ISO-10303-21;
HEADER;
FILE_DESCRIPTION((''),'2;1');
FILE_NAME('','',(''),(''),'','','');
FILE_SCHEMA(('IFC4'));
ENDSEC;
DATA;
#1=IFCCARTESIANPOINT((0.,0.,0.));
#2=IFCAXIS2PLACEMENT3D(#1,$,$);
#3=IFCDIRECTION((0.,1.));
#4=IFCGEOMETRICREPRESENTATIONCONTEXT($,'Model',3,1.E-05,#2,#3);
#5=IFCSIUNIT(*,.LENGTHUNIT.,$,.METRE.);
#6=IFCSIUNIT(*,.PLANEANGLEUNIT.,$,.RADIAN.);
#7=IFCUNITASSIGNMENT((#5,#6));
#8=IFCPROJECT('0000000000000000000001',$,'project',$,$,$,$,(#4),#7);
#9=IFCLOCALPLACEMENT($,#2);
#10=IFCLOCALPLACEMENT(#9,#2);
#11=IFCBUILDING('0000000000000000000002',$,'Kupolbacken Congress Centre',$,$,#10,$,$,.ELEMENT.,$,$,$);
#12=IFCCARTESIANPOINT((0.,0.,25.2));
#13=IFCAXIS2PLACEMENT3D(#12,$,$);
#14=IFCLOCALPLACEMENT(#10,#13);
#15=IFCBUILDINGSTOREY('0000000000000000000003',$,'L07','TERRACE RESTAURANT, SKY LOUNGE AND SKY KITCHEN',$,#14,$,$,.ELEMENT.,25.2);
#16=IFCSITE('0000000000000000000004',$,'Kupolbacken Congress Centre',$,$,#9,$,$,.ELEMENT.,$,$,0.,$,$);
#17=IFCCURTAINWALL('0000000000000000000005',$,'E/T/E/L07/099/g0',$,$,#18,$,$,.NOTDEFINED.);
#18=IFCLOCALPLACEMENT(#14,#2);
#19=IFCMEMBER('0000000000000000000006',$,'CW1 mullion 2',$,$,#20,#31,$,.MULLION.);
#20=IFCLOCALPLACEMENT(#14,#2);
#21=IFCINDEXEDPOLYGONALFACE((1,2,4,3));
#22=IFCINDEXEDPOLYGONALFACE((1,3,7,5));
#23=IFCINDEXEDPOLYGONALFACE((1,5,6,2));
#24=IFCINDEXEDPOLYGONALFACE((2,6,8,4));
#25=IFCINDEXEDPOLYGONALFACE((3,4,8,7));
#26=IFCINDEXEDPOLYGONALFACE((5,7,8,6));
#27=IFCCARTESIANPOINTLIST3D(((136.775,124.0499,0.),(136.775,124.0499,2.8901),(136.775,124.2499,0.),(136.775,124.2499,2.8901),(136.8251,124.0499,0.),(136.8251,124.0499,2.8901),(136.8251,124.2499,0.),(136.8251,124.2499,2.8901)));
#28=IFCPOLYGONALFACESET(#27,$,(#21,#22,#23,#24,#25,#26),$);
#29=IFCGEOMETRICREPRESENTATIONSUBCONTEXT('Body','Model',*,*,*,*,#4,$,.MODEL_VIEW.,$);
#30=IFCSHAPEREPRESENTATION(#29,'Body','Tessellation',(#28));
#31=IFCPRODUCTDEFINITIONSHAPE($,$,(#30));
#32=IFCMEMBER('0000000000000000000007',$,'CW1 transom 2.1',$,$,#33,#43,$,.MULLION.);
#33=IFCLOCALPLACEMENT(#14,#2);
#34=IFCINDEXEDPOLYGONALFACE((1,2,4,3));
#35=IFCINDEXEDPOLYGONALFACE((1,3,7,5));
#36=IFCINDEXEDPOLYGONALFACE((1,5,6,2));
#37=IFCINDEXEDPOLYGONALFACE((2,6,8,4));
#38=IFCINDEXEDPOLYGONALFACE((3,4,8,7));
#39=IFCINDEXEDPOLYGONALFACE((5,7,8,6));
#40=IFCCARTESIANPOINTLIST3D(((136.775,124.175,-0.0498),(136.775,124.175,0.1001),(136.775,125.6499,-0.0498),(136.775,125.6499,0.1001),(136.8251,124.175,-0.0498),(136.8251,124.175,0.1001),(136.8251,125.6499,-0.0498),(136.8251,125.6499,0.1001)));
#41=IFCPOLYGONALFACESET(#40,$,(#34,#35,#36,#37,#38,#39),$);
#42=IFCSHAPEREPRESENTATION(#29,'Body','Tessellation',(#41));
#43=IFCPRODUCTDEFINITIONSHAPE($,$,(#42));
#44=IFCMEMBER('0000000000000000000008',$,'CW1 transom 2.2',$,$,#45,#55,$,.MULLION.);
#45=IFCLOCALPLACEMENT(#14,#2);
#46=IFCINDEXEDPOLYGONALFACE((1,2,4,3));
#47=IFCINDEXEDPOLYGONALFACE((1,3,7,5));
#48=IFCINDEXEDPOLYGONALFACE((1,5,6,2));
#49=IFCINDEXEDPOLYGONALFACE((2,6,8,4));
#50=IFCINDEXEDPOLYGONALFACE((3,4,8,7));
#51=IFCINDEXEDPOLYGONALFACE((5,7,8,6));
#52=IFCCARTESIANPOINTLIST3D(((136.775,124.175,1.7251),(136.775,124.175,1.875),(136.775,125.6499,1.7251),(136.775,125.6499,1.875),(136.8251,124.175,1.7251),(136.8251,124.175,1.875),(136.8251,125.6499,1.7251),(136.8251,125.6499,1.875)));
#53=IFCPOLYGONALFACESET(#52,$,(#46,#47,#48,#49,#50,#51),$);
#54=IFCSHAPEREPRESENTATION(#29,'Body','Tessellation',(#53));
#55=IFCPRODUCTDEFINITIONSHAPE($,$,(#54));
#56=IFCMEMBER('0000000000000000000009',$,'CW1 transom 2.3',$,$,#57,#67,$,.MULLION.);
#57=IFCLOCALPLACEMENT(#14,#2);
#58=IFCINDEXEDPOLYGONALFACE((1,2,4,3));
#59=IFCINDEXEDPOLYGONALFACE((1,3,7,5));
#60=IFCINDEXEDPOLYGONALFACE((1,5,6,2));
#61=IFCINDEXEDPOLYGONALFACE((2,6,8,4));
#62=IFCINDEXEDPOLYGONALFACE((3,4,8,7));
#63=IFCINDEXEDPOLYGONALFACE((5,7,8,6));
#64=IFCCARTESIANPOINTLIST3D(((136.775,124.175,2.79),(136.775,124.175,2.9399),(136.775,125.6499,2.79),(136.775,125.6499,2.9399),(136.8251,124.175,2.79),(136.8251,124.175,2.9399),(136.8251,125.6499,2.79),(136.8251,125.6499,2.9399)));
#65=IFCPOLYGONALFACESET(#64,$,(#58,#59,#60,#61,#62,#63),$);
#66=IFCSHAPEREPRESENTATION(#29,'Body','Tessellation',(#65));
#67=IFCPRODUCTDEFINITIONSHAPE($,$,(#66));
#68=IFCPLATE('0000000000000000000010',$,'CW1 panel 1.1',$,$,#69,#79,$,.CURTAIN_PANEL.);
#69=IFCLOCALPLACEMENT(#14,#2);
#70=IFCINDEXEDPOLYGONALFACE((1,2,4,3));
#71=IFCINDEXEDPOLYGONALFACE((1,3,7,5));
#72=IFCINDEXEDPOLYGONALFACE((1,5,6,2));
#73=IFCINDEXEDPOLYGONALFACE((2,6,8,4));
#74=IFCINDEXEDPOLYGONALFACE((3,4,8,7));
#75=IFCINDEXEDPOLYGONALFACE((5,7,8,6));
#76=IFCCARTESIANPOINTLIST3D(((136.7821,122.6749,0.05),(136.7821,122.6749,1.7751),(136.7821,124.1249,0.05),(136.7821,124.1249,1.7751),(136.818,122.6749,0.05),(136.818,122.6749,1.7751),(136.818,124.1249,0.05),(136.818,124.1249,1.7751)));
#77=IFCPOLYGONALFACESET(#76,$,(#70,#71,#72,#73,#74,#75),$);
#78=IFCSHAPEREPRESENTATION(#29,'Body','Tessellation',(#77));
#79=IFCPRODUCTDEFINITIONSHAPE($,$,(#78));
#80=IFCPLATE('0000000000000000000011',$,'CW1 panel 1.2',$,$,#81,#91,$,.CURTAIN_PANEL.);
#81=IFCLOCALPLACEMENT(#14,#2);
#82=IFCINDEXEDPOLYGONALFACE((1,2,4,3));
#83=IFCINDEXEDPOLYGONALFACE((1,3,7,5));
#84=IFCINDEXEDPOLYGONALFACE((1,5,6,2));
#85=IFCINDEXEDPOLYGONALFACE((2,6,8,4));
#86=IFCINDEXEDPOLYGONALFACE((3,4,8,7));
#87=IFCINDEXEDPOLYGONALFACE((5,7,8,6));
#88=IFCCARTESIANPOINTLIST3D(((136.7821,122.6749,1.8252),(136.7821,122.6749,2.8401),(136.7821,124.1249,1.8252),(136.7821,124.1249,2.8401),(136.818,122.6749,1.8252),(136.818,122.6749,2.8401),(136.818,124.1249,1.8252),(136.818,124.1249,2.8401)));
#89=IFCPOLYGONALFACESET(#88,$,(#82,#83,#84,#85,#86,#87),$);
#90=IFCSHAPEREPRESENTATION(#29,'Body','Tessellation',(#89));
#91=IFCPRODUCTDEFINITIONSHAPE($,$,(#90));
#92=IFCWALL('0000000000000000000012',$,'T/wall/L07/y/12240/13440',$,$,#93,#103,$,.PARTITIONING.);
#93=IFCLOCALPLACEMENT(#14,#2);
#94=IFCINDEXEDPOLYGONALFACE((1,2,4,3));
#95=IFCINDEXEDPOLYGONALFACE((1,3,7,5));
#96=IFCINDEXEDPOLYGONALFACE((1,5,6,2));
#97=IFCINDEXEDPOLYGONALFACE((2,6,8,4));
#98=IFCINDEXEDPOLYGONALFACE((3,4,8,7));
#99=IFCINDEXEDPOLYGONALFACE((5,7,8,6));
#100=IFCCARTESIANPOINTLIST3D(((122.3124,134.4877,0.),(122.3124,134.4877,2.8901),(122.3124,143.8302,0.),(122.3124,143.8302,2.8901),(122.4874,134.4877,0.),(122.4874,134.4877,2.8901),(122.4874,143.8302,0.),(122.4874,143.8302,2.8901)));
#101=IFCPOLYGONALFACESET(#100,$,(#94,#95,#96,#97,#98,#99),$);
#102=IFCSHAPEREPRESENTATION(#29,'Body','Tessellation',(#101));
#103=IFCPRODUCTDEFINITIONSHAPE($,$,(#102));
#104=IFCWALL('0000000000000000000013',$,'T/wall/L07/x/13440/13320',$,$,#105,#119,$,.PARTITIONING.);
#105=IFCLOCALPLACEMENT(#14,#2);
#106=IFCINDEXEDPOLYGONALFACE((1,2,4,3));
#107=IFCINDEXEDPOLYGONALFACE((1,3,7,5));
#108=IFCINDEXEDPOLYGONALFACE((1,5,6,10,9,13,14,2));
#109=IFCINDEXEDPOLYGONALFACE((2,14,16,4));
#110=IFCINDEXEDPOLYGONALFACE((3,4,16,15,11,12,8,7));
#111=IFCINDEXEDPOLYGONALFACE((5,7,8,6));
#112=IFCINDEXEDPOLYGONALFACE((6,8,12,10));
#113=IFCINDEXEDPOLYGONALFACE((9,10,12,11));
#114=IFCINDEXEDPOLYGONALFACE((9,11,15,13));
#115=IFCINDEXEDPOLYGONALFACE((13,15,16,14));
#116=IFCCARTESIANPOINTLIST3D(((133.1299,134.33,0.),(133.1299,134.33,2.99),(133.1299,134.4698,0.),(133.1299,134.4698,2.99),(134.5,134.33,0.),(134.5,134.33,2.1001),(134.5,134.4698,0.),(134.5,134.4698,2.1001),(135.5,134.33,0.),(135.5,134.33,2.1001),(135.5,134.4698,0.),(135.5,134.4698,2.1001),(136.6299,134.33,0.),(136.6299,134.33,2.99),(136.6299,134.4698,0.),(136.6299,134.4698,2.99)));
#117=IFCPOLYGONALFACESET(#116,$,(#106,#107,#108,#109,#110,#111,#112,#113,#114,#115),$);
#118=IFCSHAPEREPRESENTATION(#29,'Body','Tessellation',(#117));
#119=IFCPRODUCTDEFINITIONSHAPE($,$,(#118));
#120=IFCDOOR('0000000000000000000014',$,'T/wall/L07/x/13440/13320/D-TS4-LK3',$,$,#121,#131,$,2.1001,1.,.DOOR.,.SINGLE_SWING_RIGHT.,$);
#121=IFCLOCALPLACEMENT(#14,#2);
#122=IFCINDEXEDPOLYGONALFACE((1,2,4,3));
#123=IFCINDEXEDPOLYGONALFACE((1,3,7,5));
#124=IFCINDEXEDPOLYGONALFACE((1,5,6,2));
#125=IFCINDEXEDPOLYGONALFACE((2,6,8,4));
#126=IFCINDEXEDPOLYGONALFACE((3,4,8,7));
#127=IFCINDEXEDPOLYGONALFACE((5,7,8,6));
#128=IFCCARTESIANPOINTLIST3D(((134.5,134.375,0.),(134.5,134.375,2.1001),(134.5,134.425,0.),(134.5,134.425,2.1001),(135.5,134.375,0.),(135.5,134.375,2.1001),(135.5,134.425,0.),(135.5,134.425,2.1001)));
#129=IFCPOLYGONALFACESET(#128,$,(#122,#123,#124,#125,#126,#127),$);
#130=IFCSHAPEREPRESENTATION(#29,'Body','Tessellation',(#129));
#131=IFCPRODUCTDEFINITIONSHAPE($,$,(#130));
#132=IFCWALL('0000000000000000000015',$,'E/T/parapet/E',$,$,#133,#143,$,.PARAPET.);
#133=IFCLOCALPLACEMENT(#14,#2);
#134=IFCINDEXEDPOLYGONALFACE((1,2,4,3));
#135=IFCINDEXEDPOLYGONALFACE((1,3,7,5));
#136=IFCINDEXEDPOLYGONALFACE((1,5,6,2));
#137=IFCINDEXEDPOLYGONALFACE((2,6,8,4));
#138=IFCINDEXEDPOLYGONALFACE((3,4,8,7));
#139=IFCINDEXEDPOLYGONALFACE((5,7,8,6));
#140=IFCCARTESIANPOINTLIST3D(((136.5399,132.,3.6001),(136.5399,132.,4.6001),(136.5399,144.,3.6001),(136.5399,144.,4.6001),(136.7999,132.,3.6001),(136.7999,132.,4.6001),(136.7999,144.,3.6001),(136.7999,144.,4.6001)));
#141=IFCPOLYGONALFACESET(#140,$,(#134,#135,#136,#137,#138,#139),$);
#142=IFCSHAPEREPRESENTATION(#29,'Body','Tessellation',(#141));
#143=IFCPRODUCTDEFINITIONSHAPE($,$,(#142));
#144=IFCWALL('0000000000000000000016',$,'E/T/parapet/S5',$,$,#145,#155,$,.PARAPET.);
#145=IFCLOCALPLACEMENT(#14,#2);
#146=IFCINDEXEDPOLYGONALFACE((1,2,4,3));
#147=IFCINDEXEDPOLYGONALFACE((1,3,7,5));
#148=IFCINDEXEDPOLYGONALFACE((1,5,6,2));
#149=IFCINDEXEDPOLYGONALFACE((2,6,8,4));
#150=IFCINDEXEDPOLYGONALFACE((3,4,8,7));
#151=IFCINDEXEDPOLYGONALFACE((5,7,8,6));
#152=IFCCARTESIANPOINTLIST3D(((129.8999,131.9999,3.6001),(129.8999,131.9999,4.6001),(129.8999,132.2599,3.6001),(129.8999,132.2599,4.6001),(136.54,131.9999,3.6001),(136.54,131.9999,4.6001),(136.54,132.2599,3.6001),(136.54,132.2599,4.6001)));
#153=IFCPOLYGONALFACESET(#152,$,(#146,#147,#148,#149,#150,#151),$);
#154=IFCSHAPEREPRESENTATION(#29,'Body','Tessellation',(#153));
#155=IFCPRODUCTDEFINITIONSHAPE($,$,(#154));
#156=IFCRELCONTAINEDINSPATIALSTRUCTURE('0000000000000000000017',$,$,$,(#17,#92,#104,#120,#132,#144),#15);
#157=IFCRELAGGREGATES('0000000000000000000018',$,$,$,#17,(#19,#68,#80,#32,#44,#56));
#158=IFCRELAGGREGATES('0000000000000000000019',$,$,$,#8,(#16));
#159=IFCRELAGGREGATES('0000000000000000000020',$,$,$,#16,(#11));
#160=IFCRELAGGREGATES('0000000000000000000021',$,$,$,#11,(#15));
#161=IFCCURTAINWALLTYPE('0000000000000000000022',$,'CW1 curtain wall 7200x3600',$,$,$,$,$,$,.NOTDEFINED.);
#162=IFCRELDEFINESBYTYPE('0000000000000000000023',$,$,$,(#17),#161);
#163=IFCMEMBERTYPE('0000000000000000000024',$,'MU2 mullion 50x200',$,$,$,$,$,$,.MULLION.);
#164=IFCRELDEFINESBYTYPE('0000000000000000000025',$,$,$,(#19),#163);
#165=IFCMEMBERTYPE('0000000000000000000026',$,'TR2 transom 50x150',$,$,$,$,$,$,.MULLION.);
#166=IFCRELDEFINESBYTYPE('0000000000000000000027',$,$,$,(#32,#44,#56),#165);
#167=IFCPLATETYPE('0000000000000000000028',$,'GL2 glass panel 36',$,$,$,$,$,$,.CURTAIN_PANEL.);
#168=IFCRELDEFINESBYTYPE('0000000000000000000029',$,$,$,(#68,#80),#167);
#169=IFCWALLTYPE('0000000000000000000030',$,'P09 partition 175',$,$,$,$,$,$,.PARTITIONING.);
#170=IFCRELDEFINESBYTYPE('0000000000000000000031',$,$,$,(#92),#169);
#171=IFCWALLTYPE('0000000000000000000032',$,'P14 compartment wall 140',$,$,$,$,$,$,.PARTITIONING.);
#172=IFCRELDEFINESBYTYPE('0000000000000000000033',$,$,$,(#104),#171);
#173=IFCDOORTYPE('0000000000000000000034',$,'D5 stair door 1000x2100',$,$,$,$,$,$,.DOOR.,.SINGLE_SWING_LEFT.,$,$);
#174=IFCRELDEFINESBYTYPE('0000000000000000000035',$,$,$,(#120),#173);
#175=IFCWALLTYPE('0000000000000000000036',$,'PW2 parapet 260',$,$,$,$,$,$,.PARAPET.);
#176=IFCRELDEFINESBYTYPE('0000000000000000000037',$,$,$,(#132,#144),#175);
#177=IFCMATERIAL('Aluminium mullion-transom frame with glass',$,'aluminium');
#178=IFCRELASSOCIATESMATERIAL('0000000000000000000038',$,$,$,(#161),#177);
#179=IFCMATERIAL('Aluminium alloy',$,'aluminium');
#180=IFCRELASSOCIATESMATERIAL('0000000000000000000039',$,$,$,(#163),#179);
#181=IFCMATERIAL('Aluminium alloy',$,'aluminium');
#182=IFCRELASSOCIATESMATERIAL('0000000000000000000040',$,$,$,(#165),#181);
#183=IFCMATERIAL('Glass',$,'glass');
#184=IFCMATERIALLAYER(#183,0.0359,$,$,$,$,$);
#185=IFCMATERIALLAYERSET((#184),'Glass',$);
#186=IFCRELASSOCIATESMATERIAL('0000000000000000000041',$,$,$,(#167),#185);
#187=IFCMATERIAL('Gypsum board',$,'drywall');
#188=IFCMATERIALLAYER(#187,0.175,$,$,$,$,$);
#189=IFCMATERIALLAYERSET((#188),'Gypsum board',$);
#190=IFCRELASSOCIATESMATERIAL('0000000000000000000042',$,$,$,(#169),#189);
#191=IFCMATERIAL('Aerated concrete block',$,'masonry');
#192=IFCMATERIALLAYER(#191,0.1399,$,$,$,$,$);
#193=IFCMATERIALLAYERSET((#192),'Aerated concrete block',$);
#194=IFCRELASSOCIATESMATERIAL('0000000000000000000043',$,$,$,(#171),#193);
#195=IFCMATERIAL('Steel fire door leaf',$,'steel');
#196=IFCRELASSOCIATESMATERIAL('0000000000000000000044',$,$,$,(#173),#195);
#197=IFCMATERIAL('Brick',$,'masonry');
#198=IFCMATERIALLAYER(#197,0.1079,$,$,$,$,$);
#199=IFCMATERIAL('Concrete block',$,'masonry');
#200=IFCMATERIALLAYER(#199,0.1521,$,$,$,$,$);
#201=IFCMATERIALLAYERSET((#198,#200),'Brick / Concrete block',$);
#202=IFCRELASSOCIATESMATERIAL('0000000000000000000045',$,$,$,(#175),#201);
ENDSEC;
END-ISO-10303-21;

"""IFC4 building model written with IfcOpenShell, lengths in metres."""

from ifc_helpers import new_model, si_unit, direction, frame, frame_2d, origin, origin_2d, place, context, subcontext, project, spatial, rectangle, extrude, material, layer, layer_set, material_profile, profile_set, type_object, element, fill, aggregate, save


model = new_model("IFC4")

# Units and contexts
model_context = context("Model", 3, precision=1e-05, world=origin(), true_north=direction((0.0, 1.0)))
body_context = subcontext(model_context, "Body", "Model", "MODEL_VIEW")
ifc_project = project(units=[si_unit("LENGTHUNIT", "METRE"), si_unit("PLANEANGLEUNIT", "RADIAN")], contexts=[model_context])

# Site, building, storey
site_placement = place(None, origin())
site = spatial("IfcSite", under=ifc_project, at=site_placement, Name="Kupolbacken Congress Centre", CompositionType="ELEMENT", RefElevation=0.0)
building_placement = place(site_placement, origin())
building = spatial("IfcBuilding", under=site, at=building_placement, Name="Kupolbacken Congress Centre", CompositionType="ELEMENT")
storey_placement = place(building_placement, frame((0.0, 0.0, 25.2)))
storey = spatial("IfcBuildingStorey", under=building, at=storey_placement, Name="L07", Description="TERRACE RESTAURANT, SKY LOUNGE AND SKY KITCHEN", CompositionType="ELEMENT", Elevation=25.2)

# Curtain wall, members, plates
ifc_material_1 = material(Name="Aluminium mullion-transom frame with glass", Category="aluminium")
curtain_wall_type = type_object("IfcCurtainWallType", Name="CW1 curtain wall 7200x3600", PredefinedType="NOTDEFINED", material=ifc_material_1)
curtain_wall_placement = place(storey_placement, origin())
curtain_wall = element("IfcCurtainWall", 1, at=curtain_wall_placement, inside=storey, type_object=curtain_wall_type, Name="E/T/E/L07/099/g0", PredefinedType="NOTDEFINED")
ifc_material_2 = material(Name="Aluminium alloy", Category="aluminium")
ifc_material_profile_1 = material_profile(ifc_material_2, rectangle(XDim=0.05, YDim=0.2, at=origin_2d()), Name="50 x 200")
ifc_profile_set_1 = profile_set([ifc_material_profile_1], Name="Aluminium alloy")
member_type_1 = type_object("IfcMemberType", Name="MU2 mullion 50x200", PredefinedType="MULLION", material=ifc_profile_set_1)
member_1_placement = place(storey_placement, frame((136.8, 124.1499, 0.0), z_axis=(0.0, 0.0, 1.0), x_axis=(-1.0, 0.0, 0.0)))
member_1 = element("IfcMember", 2, at=member_1_placement, type_object=member_type_1, Name="CW1 mullion 2", PredefinedType="MULLION", context=body_context, shape_type="SweptSolid", body=[
    extrude(rectangle(XDim=0.05, YDim=0.2, at=origin_2d()), origin(), (0.0, 0.0, 1.0), 2.8901),
])
ifc_material_3 = material(Name="Aluminium alloy", Category="aluminium")
ifc_material_profile_2 = material_profile(ifc_material_3, rectangle(XDim=0.05, YDim=0.1499, at=origin_2d()), Name="50 x 150")
ifc_profile_set_2 = profile_set([ifc_material_profile_2], Name="Aluminium alloy")
member_type_2 = type_object("IfcMemberType", Name="TR2 transom 50x150", PredefinedType="MULLION", material=ifc_profile_set_2)
member_2_placement = place(storey_placement, frame((136.8, 124.175, 0.0251), z_axis=(0.0, 1.0, 0.0), x_axis=(-1.0, 0.0, 0.0)))
member_2 = element("IfcMember", 3, at=member_2_placement, type_object=member_type_2, Name="CW1 transom 2.1", PredefinedType="MULLION", context=body_context, shape_type="SweptSolid", body=[
    extrude(rectangle(XDim=0.05, YDim=0.1499, at=origin_2d()), origin(), (0.0, 0.0, 1.0), 1.4749),
])
member_3_placement = place(storey_placement, frame((136.8, 124.175, 1.8), z_axis=(0.0, 1.0, 0.0), x_axis=(-1.0, 0.0, 0.0)))
member_3 = element("IfcMember", 4, at=member_3_placement, type_object=member_type_2, Name="CW1 transom 2.2", PredefinedType="MULLION", context=body_context, shape_type="SweptSolid", body=[
    extrude(rectangle(XDim=0.05, YDim=0.1499, at=origin_2d()), origin(), (0.0, 0.0, 1.0), 1.4749),
])
member_4_placement = place(storey_placement, frame((136.8, 124.175, 2.865), z_axis=(0.0, 1.0, 0.0), x_axis=(-1.0, 0.0, 0.0)))
member_4 = element("IfcMember", 5, at=member_4_placement, type_object=member_type_2, Name="CW1 transom 2.3", PredefinedType="MULLION", context=body_context, shape_type="SweptSolid", body=[
    extrude(rectangle(XDim=0.05, YDim=0.1499, at=origin_2d()), origin(), (0.0, 0.0, 1.0), 1.4749),
])
ifc_material_4 = material(Name="Glass", Category="glass")
ifc_layer_1 = layer(ifc_material_4, 0.0359)
ifc_layer_set_1 = layer_set([ifc_layer_1], Name="Glass")
plate_type = type_object("IfcPlateType", Name="GL2 glass panel 36", PredefinedType="CURTAIN_PANEL", material=ifc_layer_set_1)
plate_1_placement = place(storey_placement, frame((136.8, 123.3999, 0.05), z_axis=(0.0, 0.0, 1.0), x_axis=(0.0, 1.0, 0.0)))
plate_1 = element("IfcPlate", 6, at=plate_1_placement, type_object=plate_type, Name="CW1 panel 1.1", PredefinedType="CURTAIN_PANEL", context=body_context, shape_type="SweptSolid", body=[
    extrude(rectangle(XDim=1.45, YDim=0.0359, at=origin_2d()), origin(), (0.0, 0.0, 1.0), 1.7251),
])
plate_2_placement = place(storey_placement, frame((136.8, 123.3999, 1.8252), z_axis=(0.0, 0.0, 1.0), x_axis=(0.0, 1.0, 0.0)))
plate_2 = element("IfcPlate", 7, at=plate_2_placement, type_object=plate_type, Name="CW1 panel 1.2", PredefinedType="CURTAIN_PANEL", context=body_context, shape_type="SweptSolid", body=[
    extrude(rectangle(XDim=1.45, YDim=0.0359, at=origin_2d()), origin(), (0.0, 0.0, 1.0), 1.0149),
])
aggregate(curtain_wall, [member_1, plate_1, plate_2, member_2, member_3, member_4])

# Wall
ifc_material_5 = material(Name="Gypsum board", Category="drywall")
ifc_layer_2 = layer(ifc_material_5, 0.175)
ifc_layer_set_2 = layer_set([ifc_layer_2], Name="Gypsum board")
wall_type_1 = type_object("IfcWallType", Name="P09 partition 175", PredefinedType="PARTITIONING", material=ifc_layer_set_2)
wall_1_placement = place(storey_placement, frame((122.3999, 134.4875, 0.0), z_axis=(0.0, 0.0, 1.0), x_axis=(0.0, 1.0, 0.0)))
element("IfcWall", 8, at=wall_1_placement, inside=storey, type_object=wall_type_1, Name="T/wall/L07/y/12240/13440", PredefinedType="PARTITIONING", context=body_context, shape_type="SweptSolid", body=[
    extrude(rectangle(XDim=9.3425, YDim=0.175, at=frame_2d((4.6714, 0.0))), origin(), (0.0, 0.0, 1.0), 2.8901),
])

# Wall, opening, door
ifc_material_6 = material(Name="Aerated concrete block", Category="masonry")
ifc_layer_3 = layer(ifc_material_6, 0.1399)
ifc_layer_set_3 = layer_set([ifc_layer_3], Name="Aerated concrete block")
wall_type_2 = type_object("IfcWallType", Name="P14 compartment wall 140", PredefinedType="PARTITIONING", material=ifc_layer_set_3)
wall_2_placement = place(storey_placement, frame((133.1299, 134.3999, 0.0), z_axis=(0.0, 0.0, 1.0), x_axis=(1.0, 0.0, 0.0)))
wall_2 = element("IfcWall", 9, at=wall_2_placement, inside=storey, type_object=wall_type_2, Name="T/wall/L07/x/13440/13320", PredefinedType="PARTITIONING", context=body_context, shape_type="SweptSolid", body=[
    extrude(rectangle(XDim=3.5, YDim=0.1399, at=frame_2d((1.75, 0.0))), origin(), (0.0, 0.0, 1.0), 2.99),
])
opening_placement = place(wall_2_placement, frame((1.3701, 0.0, 0.0)))
opening = element("IfcOpeningElement", 10, at=opening_placement, cuts=wall_2, PredefinedType="OPENING", context=body_context, shape_type="SweptSolid", body=[
    extrude(rectangle(XDim=1.0, YDim=2.1001, at=frame_2d((0.5, 1.05))), frame((0.0, 0.0798, 0.0), z_axis=(0.0, -1.0, 0.0), x_axis=(1.0, 0.0, 0.0)), (0.0, 0.0, 1.0), 0.1599),
])
ifc_material_7 = material(Name="Steel fire door leaf", Category="steel")
door_type = type_object("IfcDoorType", Name="D5 stair door 1000x2100", OperationType="SINGLE_SWING_LEFT", PredefinedType="DOOR", material=ifc_material_7)
door_placement = place(opening_placement, frame((1.0, 0.0, 0.0), z_axis=(0.0, 0.0, 1.0), x_axis=(-1.0, 0.0, 0.0)))
door = element("IfcDoor", 11, at=door_placement, inside=storey, type_object=door_type, Name="T/wall/L07/x/13440/13320/D-TS4-LK3", OperationType="SINGLE_SWING_RIGHT", OverallHeight=2.1001, OverallWidth=1.0, PredefinedType="DOOR", context=body_context, shape_type="SweptSolid", body=[
    extrude(rectangle(XDim=1.0, YDim=2.1001, at=frame_2d((0.5, 1.05))), frame((0.0, 0.0249, 0.0), z_axis=(0.0, -1.0, 0.0), x_axis=(1.0, 0.0, 0.0)), (0.0, 0.0, 1.0), 0.05),
])
fill(opening, door)

# Walls
ifc_material_8 = material(Name="Brick", Category="masonry")
ifc_layer_4 = layer(ifc_material_8, 0.1079)
ifc_material_9 = material(Name="Concrete block", Category="masonry")
ifc_layer_5 = layer(ifc_material_9, 0.1521)
ifc_layer_set_4 = layer_set([ifc_layer_4, ifc_layer_5], Name="Brick / Concrete block")
wall_type_3 = type_object("IfcWallType", Name="PW2 parapet 260", PredefinedType="PARAPET", material=ifc_layer_set_4)
wall_3_placement = place(storey_placement, frame((136.6699, 132.0, 3.6001), z_axis=(0.0, 0.0, 1.0), x_axis=(0.0, 1.0, 0.0)))
element("IfcWall", 12, at=wall_3_placement, inside=storey, type_object=wall_type_3, Name="E/T/parapet/E", PredefinedType="PARAPET", context=body_context, shape_type="SweptSolid", body=[
    extrude(rectangle(XDim=12.0, YDim=0.26, at=frame_2d((6.0, 0.0))), origin(), (0.0, 0.0, 1.0), 1.0),
])
wall_4_placement = place(storey_placement, frame((129.8999, 132.1299, 3.6001), z_axis=(0.0, 0.0, 1.0), x_axis=(1.0, 0.0, 0.0)))
element("IfcWall", 13, at=wall_4_placement, inside=storey, type_object=wall_type_3, Name="E/T/parapet/S5", PredefinedType="PARAPET", context=body_context, shape_type="SweptSolid", body=[
    extrude(rectangle(XDim=6.6401, YDim=0.26, at=frame_2d((3.3201, 0.0))), origin(), (0.0, 0.0, 1.0), 1.0),
])

save(model, "model.ifc")
